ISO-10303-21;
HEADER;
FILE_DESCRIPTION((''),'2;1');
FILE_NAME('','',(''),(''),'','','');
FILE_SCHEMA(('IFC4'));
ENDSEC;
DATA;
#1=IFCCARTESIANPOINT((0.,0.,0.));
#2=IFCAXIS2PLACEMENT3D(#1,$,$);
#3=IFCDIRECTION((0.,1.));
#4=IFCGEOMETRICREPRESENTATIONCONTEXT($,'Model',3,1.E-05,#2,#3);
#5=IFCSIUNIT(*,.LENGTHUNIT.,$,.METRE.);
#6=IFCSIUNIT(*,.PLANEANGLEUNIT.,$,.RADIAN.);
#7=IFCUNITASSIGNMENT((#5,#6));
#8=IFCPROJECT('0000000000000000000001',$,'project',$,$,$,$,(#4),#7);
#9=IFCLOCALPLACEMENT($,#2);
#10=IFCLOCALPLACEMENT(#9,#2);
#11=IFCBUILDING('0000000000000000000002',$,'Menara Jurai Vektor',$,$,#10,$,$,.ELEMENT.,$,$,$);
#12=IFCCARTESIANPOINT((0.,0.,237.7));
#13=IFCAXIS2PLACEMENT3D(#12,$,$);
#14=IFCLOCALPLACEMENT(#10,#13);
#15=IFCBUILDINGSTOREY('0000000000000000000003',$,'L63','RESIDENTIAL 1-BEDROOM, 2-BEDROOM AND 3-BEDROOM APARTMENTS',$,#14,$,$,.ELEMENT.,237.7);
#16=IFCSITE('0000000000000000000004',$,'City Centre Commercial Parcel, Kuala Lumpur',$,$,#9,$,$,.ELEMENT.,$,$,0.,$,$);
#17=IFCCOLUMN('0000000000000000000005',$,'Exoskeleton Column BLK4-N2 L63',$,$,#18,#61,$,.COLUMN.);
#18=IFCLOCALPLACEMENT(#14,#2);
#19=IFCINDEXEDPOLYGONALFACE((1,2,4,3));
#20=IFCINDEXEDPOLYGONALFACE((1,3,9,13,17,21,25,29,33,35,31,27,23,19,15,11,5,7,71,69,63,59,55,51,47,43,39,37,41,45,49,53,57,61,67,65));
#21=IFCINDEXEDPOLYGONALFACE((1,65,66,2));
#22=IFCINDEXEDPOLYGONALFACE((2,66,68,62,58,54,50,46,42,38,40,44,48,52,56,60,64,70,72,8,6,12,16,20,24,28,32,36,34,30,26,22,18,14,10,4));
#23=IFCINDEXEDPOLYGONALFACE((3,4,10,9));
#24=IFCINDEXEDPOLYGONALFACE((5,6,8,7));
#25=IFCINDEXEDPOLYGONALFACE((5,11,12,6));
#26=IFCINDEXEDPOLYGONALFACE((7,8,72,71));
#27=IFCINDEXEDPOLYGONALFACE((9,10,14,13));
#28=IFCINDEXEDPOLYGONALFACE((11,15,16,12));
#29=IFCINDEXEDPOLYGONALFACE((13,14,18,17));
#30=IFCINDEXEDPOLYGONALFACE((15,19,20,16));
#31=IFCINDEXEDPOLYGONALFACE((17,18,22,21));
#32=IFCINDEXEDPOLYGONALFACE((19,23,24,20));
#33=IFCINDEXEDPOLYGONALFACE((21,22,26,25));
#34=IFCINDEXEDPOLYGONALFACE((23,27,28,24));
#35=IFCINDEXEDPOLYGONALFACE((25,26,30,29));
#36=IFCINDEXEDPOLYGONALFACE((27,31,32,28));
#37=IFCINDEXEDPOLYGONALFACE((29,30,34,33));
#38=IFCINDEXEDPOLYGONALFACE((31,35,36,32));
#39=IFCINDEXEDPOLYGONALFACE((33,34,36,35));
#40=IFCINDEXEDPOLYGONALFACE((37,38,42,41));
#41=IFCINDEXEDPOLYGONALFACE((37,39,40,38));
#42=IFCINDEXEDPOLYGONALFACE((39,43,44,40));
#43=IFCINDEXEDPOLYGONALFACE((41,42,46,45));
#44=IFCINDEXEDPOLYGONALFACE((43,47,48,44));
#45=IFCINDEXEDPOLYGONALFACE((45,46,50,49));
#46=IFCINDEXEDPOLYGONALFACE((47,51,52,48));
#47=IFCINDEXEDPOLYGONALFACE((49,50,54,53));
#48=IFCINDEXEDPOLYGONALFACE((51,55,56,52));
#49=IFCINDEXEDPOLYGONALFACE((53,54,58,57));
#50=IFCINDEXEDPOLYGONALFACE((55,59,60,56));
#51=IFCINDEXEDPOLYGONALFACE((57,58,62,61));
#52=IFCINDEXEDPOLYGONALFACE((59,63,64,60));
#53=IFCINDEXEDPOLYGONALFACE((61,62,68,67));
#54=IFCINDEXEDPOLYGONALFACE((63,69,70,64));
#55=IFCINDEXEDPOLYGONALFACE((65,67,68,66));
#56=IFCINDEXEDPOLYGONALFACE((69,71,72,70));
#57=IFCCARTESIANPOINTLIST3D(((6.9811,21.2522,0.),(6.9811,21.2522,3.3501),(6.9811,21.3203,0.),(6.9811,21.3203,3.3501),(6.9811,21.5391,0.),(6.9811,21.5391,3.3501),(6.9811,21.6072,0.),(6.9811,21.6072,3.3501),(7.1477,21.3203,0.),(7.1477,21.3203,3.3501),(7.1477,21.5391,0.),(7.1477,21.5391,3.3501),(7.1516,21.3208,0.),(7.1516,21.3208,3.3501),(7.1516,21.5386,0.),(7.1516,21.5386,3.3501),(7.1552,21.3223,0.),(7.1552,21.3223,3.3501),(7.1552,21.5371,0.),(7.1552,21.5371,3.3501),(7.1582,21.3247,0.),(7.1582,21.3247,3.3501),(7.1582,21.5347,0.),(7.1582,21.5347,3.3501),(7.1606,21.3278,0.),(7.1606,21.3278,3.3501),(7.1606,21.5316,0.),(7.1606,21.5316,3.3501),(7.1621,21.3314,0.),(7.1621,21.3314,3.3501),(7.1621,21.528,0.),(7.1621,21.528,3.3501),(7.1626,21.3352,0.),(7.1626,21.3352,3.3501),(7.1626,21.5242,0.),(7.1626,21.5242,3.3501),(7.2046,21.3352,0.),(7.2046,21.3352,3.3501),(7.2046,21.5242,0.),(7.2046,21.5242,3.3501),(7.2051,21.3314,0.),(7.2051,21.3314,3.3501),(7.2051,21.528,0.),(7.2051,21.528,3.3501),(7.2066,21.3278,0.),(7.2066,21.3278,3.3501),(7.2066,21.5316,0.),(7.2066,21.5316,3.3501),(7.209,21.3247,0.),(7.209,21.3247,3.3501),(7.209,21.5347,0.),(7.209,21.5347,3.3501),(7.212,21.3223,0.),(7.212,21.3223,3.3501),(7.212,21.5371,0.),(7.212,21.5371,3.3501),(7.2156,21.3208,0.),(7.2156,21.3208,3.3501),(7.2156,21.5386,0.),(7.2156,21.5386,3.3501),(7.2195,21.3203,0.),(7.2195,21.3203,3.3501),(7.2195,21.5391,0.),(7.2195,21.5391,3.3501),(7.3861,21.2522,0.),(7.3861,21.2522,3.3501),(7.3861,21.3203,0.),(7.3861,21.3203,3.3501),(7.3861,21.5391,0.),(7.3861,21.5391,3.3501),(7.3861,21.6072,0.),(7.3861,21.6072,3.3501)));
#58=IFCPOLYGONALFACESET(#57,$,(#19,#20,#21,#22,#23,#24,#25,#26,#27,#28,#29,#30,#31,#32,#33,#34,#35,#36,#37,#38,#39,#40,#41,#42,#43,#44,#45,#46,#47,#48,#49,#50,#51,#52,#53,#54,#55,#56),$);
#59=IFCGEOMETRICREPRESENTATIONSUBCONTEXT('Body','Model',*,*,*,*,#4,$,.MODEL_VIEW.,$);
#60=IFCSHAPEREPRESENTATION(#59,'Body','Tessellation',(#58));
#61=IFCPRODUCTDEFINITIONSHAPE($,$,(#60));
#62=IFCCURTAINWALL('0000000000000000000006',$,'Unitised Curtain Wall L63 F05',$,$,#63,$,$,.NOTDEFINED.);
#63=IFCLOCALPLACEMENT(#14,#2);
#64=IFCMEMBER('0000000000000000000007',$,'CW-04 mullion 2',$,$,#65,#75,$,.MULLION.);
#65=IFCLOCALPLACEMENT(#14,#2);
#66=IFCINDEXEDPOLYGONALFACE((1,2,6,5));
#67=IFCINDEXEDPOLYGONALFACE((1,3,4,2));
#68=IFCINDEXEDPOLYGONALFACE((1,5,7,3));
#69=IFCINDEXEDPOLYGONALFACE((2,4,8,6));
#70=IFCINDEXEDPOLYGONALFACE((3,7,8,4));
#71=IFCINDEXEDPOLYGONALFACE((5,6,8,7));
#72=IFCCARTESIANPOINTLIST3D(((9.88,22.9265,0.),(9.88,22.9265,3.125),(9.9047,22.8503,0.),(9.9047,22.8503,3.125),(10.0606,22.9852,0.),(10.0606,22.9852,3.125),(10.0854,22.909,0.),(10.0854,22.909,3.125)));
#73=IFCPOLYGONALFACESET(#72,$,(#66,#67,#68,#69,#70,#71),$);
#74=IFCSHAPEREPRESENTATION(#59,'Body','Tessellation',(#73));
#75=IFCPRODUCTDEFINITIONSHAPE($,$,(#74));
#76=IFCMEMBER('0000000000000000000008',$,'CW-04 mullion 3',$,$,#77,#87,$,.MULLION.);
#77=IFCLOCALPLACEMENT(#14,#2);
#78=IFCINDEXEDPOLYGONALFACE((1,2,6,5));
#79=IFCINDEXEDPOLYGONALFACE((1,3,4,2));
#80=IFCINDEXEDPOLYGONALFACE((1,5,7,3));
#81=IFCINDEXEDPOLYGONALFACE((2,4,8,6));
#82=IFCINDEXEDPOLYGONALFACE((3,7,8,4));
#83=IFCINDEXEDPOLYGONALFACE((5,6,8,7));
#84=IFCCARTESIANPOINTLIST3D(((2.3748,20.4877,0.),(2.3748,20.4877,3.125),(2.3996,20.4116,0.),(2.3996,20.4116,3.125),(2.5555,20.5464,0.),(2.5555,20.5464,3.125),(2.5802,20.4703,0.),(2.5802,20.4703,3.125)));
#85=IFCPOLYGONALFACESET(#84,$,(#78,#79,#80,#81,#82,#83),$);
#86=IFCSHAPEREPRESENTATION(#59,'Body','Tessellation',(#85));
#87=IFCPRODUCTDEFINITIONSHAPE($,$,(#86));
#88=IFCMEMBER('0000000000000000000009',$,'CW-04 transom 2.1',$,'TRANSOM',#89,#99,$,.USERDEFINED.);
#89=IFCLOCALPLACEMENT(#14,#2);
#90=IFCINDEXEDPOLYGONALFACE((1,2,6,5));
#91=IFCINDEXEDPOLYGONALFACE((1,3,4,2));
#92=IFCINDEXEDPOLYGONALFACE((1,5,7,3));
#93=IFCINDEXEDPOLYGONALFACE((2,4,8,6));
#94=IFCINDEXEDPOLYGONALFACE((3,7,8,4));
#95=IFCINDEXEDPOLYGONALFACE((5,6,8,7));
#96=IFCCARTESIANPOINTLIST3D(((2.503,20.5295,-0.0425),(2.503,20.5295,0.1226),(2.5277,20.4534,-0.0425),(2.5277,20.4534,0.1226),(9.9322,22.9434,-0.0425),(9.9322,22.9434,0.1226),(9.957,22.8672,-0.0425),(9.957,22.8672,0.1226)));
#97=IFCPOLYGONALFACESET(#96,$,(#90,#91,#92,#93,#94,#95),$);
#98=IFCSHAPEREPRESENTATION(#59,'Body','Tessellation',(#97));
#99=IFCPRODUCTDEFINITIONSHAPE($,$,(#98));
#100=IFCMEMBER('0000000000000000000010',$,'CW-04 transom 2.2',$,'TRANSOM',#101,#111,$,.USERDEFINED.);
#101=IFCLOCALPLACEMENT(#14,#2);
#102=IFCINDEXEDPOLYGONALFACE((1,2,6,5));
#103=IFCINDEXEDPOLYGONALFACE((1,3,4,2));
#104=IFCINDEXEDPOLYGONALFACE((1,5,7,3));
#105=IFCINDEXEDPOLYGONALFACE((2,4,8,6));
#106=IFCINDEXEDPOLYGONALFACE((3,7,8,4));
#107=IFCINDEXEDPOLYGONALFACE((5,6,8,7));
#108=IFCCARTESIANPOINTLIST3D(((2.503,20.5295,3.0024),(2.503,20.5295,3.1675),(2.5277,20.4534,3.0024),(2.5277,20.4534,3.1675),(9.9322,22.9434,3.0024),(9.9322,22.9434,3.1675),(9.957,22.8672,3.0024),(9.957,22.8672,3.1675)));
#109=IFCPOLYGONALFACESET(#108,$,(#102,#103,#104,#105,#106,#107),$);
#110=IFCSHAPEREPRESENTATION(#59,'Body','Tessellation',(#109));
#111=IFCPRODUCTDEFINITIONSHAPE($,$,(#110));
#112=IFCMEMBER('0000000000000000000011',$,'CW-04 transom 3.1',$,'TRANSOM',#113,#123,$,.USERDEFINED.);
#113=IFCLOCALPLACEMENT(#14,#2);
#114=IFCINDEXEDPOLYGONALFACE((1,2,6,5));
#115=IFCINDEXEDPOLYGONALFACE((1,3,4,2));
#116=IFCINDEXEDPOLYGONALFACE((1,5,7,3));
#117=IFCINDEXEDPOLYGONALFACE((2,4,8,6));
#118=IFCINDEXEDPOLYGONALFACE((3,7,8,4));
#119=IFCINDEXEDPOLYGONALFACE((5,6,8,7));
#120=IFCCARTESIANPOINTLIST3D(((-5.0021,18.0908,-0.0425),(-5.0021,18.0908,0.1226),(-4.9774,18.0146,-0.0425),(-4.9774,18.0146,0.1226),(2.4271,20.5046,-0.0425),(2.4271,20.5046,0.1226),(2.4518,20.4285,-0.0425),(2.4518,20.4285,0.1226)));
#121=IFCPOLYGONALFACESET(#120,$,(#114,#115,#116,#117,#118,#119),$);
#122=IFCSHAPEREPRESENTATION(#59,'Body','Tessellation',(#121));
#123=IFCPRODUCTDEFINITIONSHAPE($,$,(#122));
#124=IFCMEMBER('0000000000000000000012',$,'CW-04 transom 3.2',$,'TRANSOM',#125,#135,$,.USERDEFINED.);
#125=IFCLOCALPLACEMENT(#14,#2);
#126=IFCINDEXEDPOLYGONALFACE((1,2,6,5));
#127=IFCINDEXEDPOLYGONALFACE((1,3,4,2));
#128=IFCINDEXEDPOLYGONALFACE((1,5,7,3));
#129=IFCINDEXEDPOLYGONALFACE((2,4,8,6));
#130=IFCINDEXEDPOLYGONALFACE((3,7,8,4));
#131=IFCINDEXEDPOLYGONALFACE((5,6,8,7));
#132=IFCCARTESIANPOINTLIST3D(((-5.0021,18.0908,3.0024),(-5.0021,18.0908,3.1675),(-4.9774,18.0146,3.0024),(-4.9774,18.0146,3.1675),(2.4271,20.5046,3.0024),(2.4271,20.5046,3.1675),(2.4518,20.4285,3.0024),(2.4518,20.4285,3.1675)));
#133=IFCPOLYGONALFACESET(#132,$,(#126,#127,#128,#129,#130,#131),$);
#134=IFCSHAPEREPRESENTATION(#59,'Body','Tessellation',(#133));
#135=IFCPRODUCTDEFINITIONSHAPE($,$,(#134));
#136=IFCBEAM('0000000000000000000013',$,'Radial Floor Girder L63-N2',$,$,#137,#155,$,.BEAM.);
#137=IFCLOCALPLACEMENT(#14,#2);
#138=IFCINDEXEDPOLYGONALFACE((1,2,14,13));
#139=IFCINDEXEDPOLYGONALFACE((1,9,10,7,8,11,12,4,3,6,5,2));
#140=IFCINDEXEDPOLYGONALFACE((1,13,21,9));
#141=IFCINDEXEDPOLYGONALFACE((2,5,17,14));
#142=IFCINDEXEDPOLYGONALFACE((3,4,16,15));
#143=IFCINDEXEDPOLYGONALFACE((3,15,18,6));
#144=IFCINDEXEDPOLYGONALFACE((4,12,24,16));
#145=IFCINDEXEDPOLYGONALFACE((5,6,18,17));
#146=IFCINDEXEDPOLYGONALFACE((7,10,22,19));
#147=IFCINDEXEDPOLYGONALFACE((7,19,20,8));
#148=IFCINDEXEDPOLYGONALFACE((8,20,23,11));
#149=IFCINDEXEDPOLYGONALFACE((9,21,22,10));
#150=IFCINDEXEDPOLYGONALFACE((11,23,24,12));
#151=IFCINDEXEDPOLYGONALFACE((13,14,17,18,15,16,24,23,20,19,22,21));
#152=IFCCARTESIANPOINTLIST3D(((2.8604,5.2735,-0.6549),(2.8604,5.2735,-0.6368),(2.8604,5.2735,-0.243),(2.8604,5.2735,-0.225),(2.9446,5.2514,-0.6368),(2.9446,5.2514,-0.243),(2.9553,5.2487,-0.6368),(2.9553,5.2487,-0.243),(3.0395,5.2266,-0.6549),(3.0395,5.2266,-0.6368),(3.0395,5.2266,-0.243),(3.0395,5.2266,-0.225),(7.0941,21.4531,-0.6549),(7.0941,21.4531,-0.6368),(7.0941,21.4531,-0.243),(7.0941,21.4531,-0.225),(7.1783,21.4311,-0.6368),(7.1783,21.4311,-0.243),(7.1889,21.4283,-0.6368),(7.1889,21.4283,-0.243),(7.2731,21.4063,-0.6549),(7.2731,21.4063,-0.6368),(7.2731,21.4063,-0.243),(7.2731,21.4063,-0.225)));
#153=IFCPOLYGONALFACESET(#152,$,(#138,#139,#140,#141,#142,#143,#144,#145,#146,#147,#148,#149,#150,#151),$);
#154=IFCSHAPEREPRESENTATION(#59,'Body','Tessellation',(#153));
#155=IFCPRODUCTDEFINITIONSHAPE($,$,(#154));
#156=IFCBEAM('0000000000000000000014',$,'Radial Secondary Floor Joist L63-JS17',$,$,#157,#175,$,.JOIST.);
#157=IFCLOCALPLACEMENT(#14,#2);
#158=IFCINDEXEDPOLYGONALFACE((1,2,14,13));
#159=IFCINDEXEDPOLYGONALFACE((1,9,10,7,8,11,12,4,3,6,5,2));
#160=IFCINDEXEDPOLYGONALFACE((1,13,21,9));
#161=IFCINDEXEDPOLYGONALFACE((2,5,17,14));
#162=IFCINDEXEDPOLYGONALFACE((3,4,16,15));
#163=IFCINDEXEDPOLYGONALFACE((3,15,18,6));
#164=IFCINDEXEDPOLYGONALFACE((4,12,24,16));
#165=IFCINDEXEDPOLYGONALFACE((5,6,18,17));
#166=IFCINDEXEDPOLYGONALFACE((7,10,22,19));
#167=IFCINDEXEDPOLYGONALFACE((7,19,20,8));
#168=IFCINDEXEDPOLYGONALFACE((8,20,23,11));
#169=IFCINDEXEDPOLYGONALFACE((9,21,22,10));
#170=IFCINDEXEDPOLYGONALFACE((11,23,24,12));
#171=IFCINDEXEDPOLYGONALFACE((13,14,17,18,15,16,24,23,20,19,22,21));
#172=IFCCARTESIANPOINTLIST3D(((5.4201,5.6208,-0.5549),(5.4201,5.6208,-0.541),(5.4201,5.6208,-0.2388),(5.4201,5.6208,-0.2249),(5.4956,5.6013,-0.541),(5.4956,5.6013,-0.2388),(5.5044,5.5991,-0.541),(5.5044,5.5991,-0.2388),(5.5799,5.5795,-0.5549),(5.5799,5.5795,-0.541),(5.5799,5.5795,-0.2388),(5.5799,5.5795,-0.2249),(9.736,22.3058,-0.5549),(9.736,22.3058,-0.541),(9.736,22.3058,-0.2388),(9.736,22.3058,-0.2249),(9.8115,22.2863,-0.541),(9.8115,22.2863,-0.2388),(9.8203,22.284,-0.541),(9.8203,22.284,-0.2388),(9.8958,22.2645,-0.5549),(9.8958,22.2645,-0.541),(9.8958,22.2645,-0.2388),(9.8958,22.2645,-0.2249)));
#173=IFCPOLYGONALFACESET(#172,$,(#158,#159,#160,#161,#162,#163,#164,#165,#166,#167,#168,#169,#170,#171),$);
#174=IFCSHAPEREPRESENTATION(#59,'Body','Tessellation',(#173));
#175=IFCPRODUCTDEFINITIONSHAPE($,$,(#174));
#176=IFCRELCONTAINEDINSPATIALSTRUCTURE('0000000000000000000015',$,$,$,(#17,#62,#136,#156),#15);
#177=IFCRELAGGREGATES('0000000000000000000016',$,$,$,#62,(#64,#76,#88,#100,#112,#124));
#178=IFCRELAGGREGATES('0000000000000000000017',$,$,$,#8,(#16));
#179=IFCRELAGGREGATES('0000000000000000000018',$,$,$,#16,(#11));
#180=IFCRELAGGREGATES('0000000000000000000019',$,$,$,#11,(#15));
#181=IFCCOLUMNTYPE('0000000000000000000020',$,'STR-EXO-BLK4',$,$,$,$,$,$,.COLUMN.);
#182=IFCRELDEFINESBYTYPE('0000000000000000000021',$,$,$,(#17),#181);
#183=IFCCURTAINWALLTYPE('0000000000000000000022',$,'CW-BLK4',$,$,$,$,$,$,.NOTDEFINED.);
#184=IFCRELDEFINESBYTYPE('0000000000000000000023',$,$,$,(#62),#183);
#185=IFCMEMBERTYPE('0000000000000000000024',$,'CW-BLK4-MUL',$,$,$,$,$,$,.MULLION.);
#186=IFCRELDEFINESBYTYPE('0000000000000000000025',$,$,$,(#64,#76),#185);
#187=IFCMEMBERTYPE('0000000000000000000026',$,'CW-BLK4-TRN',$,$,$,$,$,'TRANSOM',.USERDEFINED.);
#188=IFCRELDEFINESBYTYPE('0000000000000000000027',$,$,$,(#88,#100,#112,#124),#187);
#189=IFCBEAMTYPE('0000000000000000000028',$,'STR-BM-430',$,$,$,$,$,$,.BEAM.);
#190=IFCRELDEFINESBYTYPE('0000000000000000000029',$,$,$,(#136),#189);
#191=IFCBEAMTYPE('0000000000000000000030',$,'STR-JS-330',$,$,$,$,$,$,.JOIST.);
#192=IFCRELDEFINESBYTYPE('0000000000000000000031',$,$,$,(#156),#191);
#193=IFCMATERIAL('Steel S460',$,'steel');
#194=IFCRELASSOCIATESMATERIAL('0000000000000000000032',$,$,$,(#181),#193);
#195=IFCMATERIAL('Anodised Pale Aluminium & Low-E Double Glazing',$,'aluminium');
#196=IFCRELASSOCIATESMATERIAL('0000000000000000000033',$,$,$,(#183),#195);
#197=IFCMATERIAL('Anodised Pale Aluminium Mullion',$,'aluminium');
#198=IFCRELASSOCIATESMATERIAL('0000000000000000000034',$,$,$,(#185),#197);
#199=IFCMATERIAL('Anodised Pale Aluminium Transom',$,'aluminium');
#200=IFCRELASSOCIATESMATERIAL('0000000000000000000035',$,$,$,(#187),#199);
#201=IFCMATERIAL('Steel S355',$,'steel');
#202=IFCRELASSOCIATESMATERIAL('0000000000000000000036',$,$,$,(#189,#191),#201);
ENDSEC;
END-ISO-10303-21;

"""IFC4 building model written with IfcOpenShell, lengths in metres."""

from ifc_helpers import new_model, si_unit, direction, frame, origin, origin_2d, place, context, subcontext, project, spatial, rectangle, i_section, extrude, material, material_profile, profile_set, type_object, element, aggregate, save


model = new_model("IFC4")

# Units and contexts
model_context = context("Model", 3, precision=1e-05, world=origin(), true_north=direction((0.0, 1.0)))
body_context = subcontext(model_context, "Body", "Model", "MODEL_VIEW")
ifc_project = project(units=[si_unit("LENGTHUNIT", "METRE"), si_unit("PLANEANGLEUNIT", "RADIAN")], contexts=[model_context])

# Site, building, storey
site_placement = place(None, origin())
site = spatial("IfcSite", under=ifc_project, at=site_placement, Name="City Centre Commercial Parcel, Kuala Lumpur", CompositionType="ELEMENT", RefElevation=0.0)
building_placement = place(site_placement, origin())
building = spatial("IfcBuilding", under=site, at=building_placement, Name="Menara Jurai Vektor", CompositionType="ELEMENT")
storey_placement = place(building_placement, frame((0.0, 0.0, 237.7)))
storey = spatial("IfcBuildingStorey", under=building, at=storey_placement, Name="L63", Description="RESIDENTIAL 1-BEDROOM, 2-BEDROOM AND 3-BEDROOM APARTMENTS", CompositionType="ELEMENT", Elevation=237.7)

# Column
ifc_material_1 = material(Name="Steel S460", Category="steel")
ifc_material_profile_1 = material_profile(ifc_material_1, i_section(OverallWidth=0.405, OverallDepth=0.355, WebThickness=0.042, FlangeThickness=0.0681, FilletRadius=0.0149, at=origin_2d()), Name="HD 400x551")
ifc_profile_set_1 = profile_set([ifc_material_profile_1], Name="Steel S460")
column_type = type_object("IfcColumnType", Name="STR-EXO-BLK4", PredefinedType="COLUMN", material=ifc_profile_set_1)
column_placement = place(storey_placement, frame((7.1836, 21.4297, 0.0), z_axis=(0.0, 0.0, 1.0), x_axis=(1.0, 0.0, 0.0)))
element("IfcColumn", 1, at=column_placement, inside=storey, type_object=column_type, Name="Exoskeleton Column BLK4-N2 L63", PredefinedType="COLUMN", context=body_context, shape_type="SweptSolid", body=[
    extrude(i_section(OverallWidth=0.405, OverallDepth=0.355, WebThickness=0.042, FlangeThickness=0.0681, FilletRadius=0.0149, at=origin_2d()), origin(), (0.0, 0.0, 1.0), 3.3501),
])

# Curtain wall, members
ifc_material_2 = material(Name="Anodised Pale Aluminium & Low-E Double Glazing", Category="aluminium")
curtain_wall_type = type_object("IfcCurtainWallType", Name="CW-BLK4", PredefinedType="NOTDEFINED", material=ifc_material_2)
curtain_wall_placement = place(storey_placement, origin())
curtain_wall = element("IfcCurtainWall", 2, at=curtain_wall_placement, inside=storey, type_object=curtain_wall_type, Name="Unitised Curtain Wall L63 F05", PredefinedType="NOTDEFINED")
ifc_material_3 = material(Name="Anodised Pale Aluminium Mullion", Category="aluminium")
ifc_material_profile_2 = material_profile(ifc_material_3, rectangle(XDim=0.0801, YDim=0.1899, at=origin_2d()), Name="ALU MUL 80x190")
ifc_profile_set_2 = profile_set([ifc_material_profile_2], Name="Anodised Pale Aluminium Mullion")
member_type_1 = type_object("IfcMemberType", Name="CW-BLK4-MUL", PredefinedType="MULLION", material=ifc_profile_set_2)
member_1_placement = place(storey_placement, frame((9.9827, 22.9177, 0.0), z_axis=(0.0, 0.0, 1.0), x_axis=(0.309017, -0.951056, 0.0)))
member_1 = element("IfcMember", 3, at=member_1_placement, type_object=member_type_1, Name="CW-04 mullion 2", PredefinedType="MULLION", context=body_context, shape_type="SweptSolid", body=[
    extrude(rectangle(XDim=0.0801, YDim=0.1899, at=origin_2d()), origin(), (0.0, 0.0, 1.0), 3.125),
])
member_2_placement = place(storey_placement, frame((2.4775, 20.479, 0.0), z_axis=(0.0, 0.0, 1.0), x_axis=(0.309017, -0.951056, 0.0)))
member_2 = element("IfcMember", 4, at=member_2_placement, type_object=member_type_1, Name="CW-04 mullion 3", PredefinedType="MULLION", context=body_context, shape_type="SweptSolid", body=[
    extrude(rectangle(XDim=0.0801, YDim=0.1899, at=origin_2d()), origin(), (0.0, 0.0, 1.0), 3.125),
])
ifc_material_4 = material(Name="Anodised Pale Aluminium Transom", Category="aluminium")
ifc_material_profile_3 = material_profile(ifc_material_4, rectangle(XDim=0.0801, YDim=0.165, at=origin_2d()), Name="ALU TRN 80x165")
ifc_profile_set_3 = profile_set([ifc_material_profile_3], Name="Anodised Pale Aluminium Transom")
member_type_2 = type_object("IfcMemberType", Name="CW-BLK4-TRN", ElementType="TRANSOM", PredefinedType="USERDEFINED", material=ifc_profile_set_3)
member_3_placement = place(storey_placement, frame((9.9446, 22.9053, 0.04), z_axis=(-0.951059, -0.309008, 0.0), x_axis=(0.309008, -0.951059, 0.0)))
member_3 = element("IfcMember", 5, at=member_3_placement, type_object=member_type_2, Name="CW-04 transom 2.1", ObjectType="TRANSOM", PredefinedType="USERDEFINED", context=body_context, shape_type="SweptSolid", body=[
    extrude(rectangle(XDim=0.0801, YDim=0.165, at=origin_2d()), origin(), (0.0, 0.0, 1.0), 7.8115),
])
member_4_placement = place(storey_placement, frame((9.9446, 22.9053, 3.085), z_axis=(-0.951059, -0.309008, 0.0), x_axis=(0.309008, -0.951059, 0.0)))
member_4 = element("IfcMember", 6, at=member_4_placement, type_object=member_type_2, Name="CW-04 transom 2.2", ObjectType="TRANSOM", PredefinedType="USERDEFINED", context=body_context, shape_type="SweptSolid", body=[
    extrude(rectangle(XDim=0.0801, YDim=0.165, at=origin_2d()), origin(), (0.0, 0.0, 1.0), 7.8115),
])
member_5_placement = place(storey_placement, frame((2.4395, 20.4666, 0.04), z_axis=(-0.951059, -0.309008, 0.0), x_axis=(0.309008, -0.951059, 0.0)))
member_5 = element("IfcMember", 7, at=member_5_placement, type_object=member_type_2, Name="CW-04 transom 3.1", ObjectType="TRANSOM", PredefinedType="USERDEFINED", context=body_context, shape_type="SweptSolid", body=[
    extrude(rectangle(XDim=0.0801, YDim=0.165, at=origin_2d()), origin(), (0.0, 0.0, 1.0), 7.8115),
])
member_6_placement = place(storey_placement, frame((2.4395, 20.4666, 3.085), z_axis=(-0.951059, -0.309008, 0.0), x_axis=(0.309008, -0.951059, 0.0)))
member_6 = element("IfcMember", 8, at=member_6_placement, type_object=member_type_2, Name="CW-04 transom 3.2", ObjectType="TRANSOM", PredefinedType="USERDEFINED", context=body_context, shape_type="SweptSolid", body=[
    extrude(rectangle(XDim=0.0801, YDim=0.165, at=origin_2d()), origin(), (0.0, 0.0, 1.0), 7.8115),
])

# Beams
ifc_material_5 = material(Name="Steel S355", Category="steel")
ifc_material_profile_4 = material_profile(ifc_material_5, i_section(OverallWidth=0.1851, OverallDepth=0.4299, WebThickness=0.011, FlangeThickness=0.0181, at=origin_2d()), Name="PG 430x185x76")
ifc_profile_set_4 = profile_set([ifc_material_profile_4], Name="Steel S355")
beam_type_1 = type_object("IfcBeamType", Name="STR-BM-430", PredefinedType="BEAM", material=ifc_profile_set_4)
beam_1_placement = place(storey_placement, frame((7.1836, 21.4297, -0.4399), z_axis=(-0.253141, -0.967429, 0.0), x_axis=(0.967429, -0.253141, 0.0)))
element("IfcBeam", 9, at=beam_1_placement, inside=storey, type_object=beam_type_1, Name="Radial Floor Girder L63-N2", PredefinedType="BEAM", context=body_context, shape_type="SweptSolid", body=[
    extrude(i_section(OverallWidth=0.1851, OverallDepth=0.4299, WebThickness=0.011, FlangeThickness=0.0181, at=origin_2d()), origin(), (0.0, 0.0, 1.0), 16.7244),
])
ifc_material_profile_5 = material_profile(ifc_material_5, i_section(OverallWidth=0.165, OverallDepth=0.3301, WebThickness=0.009, FlangeThickness=0.0139, at=origin_2d()), Name="PG 330x165x46")
ifc_profile_set_5 = profile_set([ifc_material_profile_5], Name="Steel S355")
beam_type_2 = type_object("IfcBeamType", Name="STR-JS-330", PredefinedType="JOIST", material=ifc_profile_set_5)
beam_2_placement = place(storey_placement, frame((9.8159, 22.2852, -0.3899), z_axis=(-0.250427, -0.968135, 0.0), x_axis=(0.968135, -0.250427, 0.0)))
element("IfcBeam", 10, at=beam_2_placement, inside=storey, type_object=beam_type_2, Name="Radial Secondary Floor Joist L63-JS17", PredefinedType="JOIST", context=body_context, shape_type="SweptSolid", body=[
    extrude(i_section(OverallWidth=0.165, OverallDepth=0.3301, WebThickness=0.009, FlangeThickness=0.0139, at=origin_2d()), origin(), (0.0, 0.0, 1.0), 17.2341),
])

aggregate(curtain_wall, [member_1, member_2, member_3, member_4, member_5, member_6])

save(model, "model.ifc")
